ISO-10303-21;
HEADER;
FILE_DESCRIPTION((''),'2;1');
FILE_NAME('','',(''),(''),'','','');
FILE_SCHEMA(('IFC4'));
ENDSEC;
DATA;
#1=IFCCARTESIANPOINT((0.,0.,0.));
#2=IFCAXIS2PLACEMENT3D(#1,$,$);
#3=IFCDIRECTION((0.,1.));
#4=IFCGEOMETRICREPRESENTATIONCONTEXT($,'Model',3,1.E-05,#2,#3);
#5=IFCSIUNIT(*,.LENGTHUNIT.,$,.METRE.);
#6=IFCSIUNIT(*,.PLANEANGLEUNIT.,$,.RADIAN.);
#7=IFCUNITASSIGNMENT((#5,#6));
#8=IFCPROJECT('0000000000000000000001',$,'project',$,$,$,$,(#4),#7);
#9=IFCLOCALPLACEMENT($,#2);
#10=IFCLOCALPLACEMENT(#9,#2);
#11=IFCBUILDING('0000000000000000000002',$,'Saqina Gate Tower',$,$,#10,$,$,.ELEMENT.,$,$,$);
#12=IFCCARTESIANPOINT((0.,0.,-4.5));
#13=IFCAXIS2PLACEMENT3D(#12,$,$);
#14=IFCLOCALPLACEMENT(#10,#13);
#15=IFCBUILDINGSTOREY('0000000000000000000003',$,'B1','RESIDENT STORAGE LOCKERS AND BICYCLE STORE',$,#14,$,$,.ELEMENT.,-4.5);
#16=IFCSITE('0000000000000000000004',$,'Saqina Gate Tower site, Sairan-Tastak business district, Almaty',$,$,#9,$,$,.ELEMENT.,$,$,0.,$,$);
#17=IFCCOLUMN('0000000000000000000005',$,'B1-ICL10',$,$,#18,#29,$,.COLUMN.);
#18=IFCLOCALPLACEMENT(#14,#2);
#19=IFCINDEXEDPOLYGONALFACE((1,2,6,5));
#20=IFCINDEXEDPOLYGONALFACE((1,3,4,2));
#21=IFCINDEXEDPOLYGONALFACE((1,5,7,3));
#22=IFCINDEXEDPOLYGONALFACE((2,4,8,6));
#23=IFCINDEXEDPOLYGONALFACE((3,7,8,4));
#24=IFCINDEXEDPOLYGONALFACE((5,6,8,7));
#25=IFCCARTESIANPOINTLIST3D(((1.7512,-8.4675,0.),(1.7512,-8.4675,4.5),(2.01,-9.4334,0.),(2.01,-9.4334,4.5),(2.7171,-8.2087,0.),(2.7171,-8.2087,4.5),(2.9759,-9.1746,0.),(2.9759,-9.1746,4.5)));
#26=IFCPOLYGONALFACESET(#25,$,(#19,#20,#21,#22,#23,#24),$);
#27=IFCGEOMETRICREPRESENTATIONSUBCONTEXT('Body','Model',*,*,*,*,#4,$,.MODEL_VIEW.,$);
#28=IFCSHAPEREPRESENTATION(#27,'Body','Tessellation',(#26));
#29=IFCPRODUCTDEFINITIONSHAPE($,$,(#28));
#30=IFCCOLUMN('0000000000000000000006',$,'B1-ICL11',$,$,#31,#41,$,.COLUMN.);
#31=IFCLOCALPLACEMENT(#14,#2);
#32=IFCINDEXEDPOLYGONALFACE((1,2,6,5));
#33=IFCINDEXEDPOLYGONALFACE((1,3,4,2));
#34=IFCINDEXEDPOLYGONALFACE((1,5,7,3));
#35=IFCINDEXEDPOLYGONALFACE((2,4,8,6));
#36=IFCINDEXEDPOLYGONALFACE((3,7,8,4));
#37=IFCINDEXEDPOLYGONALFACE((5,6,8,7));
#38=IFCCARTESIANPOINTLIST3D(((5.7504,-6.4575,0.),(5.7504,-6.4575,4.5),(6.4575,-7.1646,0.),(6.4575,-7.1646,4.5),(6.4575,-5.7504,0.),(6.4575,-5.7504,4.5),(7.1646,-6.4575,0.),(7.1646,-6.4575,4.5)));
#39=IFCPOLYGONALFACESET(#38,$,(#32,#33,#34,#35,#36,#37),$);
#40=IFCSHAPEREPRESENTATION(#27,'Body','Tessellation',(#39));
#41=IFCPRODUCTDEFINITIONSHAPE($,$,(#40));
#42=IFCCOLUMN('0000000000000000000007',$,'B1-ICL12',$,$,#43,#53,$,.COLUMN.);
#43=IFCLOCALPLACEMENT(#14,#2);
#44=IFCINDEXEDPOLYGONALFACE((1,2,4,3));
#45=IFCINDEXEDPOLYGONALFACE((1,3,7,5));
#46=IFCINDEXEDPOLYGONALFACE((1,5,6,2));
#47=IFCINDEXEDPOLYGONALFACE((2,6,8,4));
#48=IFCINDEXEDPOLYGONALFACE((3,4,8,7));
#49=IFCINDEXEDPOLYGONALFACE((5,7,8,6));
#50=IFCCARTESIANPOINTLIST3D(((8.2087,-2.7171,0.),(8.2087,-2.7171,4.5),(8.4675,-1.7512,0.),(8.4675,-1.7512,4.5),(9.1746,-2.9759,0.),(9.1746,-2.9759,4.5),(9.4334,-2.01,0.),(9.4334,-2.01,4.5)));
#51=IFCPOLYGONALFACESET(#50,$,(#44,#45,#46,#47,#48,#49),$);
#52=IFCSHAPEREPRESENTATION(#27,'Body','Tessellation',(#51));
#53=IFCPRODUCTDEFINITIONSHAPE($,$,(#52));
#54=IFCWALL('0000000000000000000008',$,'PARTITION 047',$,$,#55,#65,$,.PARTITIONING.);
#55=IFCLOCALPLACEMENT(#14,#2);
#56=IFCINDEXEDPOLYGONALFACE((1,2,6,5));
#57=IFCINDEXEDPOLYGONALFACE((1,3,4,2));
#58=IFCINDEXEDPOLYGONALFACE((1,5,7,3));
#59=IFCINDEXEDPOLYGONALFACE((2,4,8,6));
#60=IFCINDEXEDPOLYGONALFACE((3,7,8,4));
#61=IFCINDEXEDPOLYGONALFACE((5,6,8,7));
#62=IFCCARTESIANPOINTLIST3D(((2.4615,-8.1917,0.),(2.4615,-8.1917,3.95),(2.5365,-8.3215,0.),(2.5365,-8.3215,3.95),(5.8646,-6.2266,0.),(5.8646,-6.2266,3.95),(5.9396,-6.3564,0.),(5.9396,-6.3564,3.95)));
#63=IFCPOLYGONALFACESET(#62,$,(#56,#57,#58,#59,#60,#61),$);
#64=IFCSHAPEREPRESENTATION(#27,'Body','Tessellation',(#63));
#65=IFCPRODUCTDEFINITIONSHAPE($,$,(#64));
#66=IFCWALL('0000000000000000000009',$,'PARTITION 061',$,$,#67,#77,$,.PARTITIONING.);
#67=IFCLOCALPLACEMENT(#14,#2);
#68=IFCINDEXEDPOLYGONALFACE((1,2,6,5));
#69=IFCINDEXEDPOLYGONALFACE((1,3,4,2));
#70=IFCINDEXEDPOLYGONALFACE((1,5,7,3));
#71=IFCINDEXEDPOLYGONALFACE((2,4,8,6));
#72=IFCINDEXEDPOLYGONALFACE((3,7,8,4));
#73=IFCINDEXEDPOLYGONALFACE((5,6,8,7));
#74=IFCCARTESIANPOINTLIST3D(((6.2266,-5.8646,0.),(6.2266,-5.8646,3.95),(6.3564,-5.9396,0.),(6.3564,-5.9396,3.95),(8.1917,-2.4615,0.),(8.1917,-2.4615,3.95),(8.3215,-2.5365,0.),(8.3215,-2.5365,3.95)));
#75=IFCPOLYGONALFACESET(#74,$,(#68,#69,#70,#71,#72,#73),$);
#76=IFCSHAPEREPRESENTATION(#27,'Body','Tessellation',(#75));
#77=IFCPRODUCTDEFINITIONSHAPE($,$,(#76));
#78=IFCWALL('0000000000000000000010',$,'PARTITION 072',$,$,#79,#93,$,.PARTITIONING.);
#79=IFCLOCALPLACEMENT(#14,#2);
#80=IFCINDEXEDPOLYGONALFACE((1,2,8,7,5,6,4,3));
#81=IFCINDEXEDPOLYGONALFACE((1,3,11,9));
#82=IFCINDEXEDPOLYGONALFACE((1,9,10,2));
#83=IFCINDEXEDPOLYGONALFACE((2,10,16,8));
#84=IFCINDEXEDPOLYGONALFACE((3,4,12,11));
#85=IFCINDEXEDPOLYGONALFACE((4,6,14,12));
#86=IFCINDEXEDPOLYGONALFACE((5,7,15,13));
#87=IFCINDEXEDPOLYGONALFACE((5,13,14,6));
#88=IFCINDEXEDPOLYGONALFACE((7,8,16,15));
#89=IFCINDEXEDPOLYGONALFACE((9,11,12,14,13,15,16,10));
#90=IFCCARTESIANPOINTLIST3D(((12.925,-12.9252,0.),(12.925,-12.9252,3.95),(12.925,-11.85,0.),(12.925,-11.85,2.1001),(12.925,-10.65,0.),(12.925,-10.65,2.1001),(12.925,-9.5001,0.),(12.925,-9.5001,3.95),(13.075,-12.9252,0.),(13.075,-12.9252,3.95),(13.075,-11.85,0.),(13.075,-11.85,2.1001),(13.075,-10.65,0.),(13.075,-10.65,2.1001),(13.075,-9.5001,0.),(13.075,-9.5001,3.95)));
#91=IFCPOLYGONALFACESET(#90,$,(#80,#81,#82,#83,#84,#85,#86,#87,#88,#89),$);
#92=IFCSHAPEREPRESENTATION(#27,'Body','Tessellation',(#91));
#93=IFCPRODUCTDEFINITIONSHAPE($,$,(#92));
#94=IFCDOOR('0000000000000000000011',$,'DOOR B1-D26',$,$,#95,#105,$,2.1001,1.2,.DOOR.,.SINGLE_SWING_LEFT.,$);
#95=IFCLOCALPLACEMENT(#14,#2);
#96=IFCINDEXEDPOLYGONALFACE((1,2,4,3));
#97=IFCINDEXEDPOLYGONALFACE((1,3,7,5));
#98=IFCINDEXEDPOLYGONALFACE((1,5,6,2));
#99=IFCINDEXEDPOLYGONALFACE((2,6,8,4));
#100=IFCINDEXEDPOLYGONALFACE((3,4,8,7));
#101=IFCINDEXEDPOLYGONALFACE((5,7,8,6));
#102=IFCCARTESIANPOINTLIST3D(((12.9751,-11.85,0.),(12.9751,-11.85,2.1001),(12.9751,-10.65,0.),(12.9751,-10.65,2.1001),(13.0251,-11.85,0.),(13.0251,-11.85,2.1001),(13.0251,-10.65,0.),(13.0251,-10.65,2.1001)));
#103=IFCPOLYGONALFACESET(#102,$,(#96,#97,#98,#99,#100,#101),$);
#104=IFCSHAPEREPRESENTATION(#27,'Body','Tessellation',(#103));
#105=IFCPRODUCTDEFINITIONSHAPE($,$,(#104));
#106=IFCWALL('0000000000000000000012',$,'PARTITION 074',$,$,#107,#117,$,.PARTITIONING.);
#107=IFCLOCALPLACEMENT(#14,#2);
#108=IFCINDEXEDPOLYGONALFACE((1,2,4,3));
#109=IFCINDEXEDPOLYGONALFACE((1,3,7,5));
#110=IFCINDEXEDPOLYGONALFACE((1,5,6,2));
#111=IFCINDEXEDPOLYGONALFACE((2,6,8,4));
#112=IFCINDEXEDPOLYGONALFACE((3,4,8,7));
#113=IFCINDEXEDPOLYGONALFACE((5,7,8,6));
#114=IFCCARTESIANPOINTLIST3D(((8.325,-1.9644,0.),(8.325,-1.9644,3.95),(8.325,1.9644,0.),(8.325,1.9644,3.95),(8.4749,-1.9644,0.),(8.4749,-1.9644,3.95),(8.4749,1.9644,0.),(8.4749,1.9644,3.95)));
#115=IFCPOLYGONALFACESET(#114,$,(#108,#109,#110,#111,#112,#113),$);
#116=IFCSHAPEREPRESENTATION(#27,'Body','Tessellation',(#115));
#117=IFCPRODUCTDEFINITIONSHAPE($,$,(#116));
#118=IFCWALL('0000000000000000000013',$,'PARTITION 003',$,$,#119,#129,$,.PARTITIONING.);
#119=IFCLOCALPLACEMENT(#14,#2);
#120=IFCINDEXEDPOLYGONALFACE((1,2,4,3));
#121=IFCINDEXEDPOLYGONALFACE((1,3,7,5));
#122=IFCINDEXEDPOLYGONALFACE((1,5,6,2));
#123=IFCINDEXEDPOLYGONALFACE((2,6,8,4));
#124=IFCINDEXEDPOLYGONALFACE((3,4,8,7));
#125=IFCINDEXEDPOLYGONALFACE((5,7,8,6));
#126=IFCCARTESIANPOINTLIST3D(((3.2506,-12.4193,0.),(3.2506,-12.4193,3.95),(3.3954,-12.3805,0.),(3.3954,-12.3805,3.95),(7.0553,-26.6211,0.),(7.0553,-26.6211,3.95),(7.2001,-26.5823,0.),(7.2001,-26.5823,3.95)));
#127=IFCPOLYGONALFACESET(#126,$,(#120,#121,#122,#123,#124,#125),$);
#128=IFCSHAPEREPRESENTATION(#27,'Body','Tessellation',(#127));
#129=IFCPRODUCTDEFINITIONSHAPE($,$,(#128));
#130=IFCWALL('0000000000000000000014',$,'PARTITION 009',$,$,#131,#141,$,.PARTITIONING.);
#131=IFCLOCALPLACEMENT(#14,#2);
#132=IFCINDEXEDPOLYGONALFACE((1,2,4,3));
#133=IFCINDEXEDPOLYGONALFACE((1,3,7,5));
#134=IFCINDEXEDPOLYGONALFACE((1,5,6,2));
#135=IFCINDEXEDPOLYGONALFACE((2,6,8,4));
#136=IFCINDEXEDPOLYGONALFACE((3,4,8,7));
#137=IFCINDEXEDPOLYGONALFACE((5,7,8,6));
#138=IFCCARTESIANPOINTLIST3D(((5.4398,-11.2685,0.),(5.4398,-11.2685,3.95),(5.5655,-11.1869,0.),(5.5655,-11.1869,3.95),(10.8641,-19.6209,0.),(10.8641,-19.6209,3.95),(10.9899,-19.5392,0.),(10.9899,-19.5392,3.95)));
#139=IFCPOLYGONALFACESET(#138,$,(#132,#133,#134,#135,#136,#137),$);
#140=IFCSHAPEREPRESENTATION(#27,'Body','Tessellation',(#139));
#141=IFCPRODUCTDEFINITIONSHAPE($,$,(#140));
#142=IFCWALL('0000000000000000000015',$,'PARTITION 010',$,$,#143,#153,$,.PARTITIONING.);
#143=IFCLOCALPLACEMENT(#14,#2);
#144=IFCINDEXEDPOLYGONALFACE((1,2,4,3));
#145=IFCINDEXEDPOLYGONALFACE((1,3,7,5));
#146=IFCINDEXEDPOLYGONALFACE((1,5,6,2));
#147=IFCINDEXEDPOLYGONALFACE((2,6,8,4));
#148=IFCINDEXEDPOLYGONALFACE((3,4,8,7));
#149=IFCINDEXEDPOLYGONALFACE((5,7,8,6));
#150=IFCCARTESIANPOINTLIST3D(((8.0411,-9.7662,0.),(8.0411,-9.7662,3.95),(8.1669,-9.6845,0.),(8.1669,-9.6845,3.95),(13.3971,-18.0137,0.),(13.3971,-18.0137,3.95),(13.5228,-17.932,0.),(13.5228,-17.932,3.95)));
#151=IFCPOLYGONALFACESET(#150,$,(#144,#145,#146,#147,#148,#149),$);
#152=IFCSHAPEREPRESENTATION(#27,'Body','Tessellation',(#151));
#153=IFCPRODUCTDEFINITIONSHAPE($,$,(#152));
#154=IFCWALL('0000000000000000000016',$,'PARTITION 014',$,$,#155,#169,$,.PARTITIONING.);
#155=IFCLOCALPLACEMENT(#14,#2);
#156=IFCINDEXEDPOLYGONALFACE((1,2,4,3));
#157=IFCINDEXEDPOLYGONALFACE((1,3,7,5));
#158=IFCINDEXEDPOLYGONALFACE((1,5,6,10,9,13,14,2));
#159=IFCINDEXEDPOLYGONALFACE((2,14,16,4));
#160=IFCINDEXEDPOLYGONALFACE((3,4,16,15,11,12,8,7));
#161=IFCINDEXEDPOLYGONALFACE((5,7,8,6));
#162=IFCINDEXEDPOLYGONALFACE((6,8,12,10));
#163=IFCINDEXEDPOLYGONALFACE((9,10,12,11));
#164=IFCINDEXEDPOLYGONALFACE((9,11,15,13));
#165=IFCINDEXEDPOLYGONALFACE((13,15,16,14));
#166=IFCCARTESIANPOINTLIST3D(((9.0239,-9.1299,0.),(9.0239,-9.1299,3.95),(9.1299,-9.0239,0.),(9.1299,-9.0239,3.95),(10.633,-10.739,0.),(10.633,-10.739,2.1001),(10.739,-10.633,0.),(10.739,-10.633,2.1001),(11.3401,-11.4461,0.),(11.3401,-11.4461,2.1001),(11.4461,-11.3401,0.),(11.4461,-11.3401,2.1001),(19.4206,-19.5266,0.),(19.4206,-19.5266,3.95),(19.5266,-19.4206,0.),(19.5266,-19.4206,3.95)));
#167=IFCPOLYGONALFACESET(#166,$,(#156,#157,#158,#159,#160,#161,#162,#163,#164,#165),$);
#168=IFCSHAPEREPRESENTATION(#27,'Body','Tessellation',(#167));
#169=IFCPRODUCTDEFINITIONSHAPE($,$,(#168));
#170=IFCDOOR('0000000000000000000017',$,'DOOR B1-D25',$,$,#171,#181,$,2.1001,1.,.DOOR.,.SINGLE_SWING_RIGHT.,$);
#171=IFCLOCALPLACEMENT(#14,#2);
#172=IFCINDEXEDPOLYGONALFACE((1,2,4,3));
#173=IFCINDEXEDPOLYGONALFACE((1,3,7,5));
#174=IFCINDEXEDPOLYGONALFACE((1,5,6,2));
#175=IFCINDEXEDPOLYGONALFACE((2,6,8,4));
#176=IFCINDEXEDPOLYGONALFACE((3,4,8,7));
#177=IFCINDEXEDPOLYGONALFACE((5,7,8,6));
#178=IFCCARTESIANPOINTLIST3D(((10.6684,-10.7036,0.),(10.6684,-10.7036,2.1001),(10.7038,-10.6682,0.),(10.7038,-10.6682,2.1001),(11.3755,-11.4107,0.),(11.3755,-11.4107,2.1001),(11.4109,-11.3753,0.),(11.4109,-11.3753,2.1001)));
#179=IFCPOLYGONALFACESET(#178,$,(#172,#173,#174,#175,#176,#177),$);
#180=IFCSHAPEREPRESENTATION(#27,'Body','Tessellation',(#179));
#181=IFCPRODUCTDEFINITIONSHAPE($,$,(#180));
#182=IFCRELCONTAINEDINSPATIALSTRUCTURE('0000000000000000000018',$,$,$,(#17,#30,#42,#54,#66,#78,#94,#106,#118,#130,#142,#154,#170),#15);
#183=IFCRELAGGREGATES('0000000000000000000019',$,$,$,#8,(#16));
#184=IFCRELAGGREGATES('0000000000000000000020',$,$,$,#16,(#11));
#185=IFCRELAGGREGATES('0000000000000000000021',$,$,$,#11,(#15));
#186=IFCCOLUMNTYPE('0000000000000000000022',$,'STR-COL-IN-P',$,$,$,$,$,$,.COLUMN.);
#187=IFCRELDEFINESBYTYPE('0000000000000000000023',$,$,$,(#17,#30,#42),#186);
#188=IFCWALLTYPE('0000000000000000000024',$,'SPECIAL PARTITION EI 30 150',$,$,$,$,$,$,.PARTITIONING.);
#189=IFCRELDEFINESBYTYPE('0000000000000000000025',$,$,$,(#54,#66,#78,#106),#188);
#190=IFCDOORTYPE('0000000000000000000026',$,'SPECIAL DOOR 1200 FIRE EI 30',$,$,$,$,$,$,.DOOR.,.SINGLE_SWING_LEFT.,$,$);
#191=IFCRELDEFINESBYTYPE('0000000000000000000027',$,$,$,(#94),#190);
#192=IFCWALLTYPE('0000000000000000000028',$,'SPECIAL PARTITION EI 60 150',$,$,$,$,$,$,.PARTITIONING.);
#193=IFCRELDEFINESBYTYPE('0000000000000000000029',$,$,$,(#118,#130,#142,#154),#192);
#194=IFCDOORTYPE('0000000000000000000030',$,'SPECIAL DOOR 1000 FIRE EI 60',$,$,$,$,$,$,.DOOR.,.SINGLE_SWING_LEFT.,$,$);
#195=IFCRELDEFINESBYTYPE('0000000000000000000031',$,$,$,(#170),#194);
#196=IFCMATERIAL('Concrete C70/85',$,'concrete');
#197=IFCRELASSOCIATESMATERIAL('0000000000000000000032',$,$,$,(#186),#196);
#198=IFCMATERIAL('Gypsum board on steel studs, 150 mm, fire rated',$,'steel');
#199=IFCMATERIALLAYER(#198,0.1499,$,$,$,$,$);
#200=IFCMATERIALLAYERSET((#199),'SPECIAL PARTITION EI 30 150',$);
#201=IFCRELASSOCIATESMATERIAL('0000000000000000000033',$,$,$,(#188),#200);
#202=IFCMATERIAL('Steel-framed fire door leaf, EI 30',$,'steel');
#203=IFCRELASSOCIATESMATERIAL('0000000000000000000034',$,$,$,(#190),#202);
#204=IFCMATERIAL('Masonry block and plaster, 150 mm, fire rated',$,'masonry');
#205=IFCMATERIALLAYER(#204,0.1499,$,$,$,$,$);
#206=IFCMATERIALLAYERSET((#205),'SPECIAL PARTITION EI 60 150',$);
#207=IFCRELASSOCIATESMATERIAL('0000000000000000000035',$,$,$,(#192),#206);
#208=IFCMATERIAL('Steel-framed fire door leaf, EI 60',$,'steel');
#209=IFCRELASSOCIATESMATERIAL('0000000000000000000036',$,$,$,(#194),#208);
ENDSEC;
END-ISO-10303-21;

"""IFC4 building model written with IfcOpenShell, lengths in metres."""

from ifc_helpers import new_model, si_unit, direction, frame, frame_2d, origin, origin_2d, place, context, subcontext, project, spatial, rectangle, extrude, material, layer, layer_set, material_profile, profile_set, type_object, element, fill, save


model = new_model("IFC4")

# Units and contexts
model_context = context("Model", 3, precision=1e-05, world=origin(), true_north=direction((0.0, 1.0)))
body_context = subcontext(model_context, "Body", "Model", "MODEL_VIEW")
ifc_project = project(units=[si_unit("LENGTHUNIT", "METRE"), si_unit("PLANEANGLEUNIT", "RADIAN")], contexts=[model_context])

# Site, building, storey
site_placement = place(None, origin())
site = spatial("IfcSite", under=ifc_project, at=site_placement, Name="Saqina Gate Tower site, Sairan-Tastak business district, Almaty", CompositionType="ELEMENT", RefElevation=0.0)
building_placement = place(site_placement, origin())
building = spatial("IfcBuilding", under=site, at=building_placement, Name="Saqina Gate Tower", CompositionType="ELEMENT")
storey_placement = place(building_placement, frame((0.0, 0.0, -4.5)))
storey = spatial("IfcBuildingStorey", under=building, at=storey_placement, Name="B1", Description="RESIDENT STORAGE LOCKERS AND BICYCLE STORE", CompositionType="ELEMENT", Elevation=-4.5)

# Columns
ifc_material_1 = material(Name="Concrete C70/85", Category="concrete")
ifc_material_profile = material_profile(ifc_material_1, rectangle(XDim=1.0, YDim=1.0, at=origin_2d()), Name="RC 1000x1000")
ifc_profile_set = profile_set([ifc_material_profile], Name="Concrete C70/85")
column_type = type_object("IfcColumnType", Name="STR-COL-IN-P", PredefinedType="COLUMN", material=ifc_profile_set)
for number, where, z_axis, x_axis, name in (
    (1, (2.3635, -8.821, 0.0), (0.0, 0.0, 1.0), (0.258819, -0.965926, 0.0), "B1-ICL10"),
    (2, (6.4575, -6.4575, 0.0), (0.0, 0.0, 1.0), (0.707107, -0.707107, 0.0), "B1-ICL11"),
    (3, (8.821, -2.3635, 0.0), (0.0, 0.0, 1.0), (0.965926, -0.258819, 0.0), "B1-ICL12"),
):
    element("IfcColumn", number, at=place(storey_placement, frame(where, z_axis=z_axis, x_axis=x_axis)), inside=storey, type_object=column_type, Name=name, PredefinedType="COLUMN", context=body_context, shape_type="SweptSolid", body=[
        extrude(rectangle(XDim=1.0, YDim=1.0, at=origin_2d()), origin(), (0.0, 0.0, 1.0), 4.5),
    ])

# Walls
ifc_material_2 = material(Name="Gypsum board on steel studs, 150 mm, fire rated", Category="steel")
ifc_layer_1 = layer(ifc_material_2, 0.1499)
ifc_layer_set_1 = layer_set([ifc_layer_1], Name="SPECIAL PARTITION EI 30 150")
wall_type_1 = type_object("IfcWallType", Name="SPECIAL PARTITION EI 30 150", PredefinedType="PARTITIONING", material=ifc_layer_set_1)
for number, where, z_axis, x_axis, name in (
    (4, (2.499, -8.2566, 0.0), (0.0, 0.0, 1.0), (0.86599, 0.500061, 0.0), "PARTITION 047"),
    (5, (6.2915, -5.9021, 0.0), (0.0, 0.0, 1.0), (0.500061, 0.86599, 0.0), "PARTITION 061"),
):
    element("IfcWall", number, at=place(storey_placement, frame(where, z_axis=z_axis, x_axis=x_axis)), inside=storey, type_object=wall_type_1, Name=name, PredefinedType="PARTITIONING", context=body_context, shape_type="SweptSolid", body=[
        extrude(rectangle(XDim=3.9297, YDim=0.1499, at=frame_2d((1.9648, 0.0))), origin(), (0.0, 0.0, 1.0), 3.95),
    ])

# Wall, opening, door
wall_1_placement = place(storey_placement, frame((13.0, -12.925, 0.0), z_axis=(0.0, 0.0, 1.0), x_axis=(0.0, 1.0, 0.0)))
wall_1 = element("IfcWall", 6, at=wall_1_placement, inside=storey, type_object=wall_type_1, Name="PARTITION 072", PredefinedType="PARTITIONING", context=body_context, shape_type="SweptSolid", body=[
    extrude(rectangle(XDim=3.425, YDim=0.1499, at=frame_2d((1.7124, 0.0))), origin(), (0.0, 0.0, 1.0), 3.95),
])
opening_1_placement = place(wall_1_placement, frame((1.075, 0.0, 0.0)))
opening_1 = element("IfcOpeningElement", 7, at=opening_1_placement, cuts=wall_1, PredefinedType="OPENING", context=body_context, shape_type="SweptSolid", body=[
    extrude(rectangle(XDim=1.2, YDim=2.1001, at=frame_2d((0.6001, 1.05))), frame((0.0, 0.0869, 0.0), z_axis=(0.0, -1.0, 0.0), x_axis=(1.0, 0.0, 0.0)), (0.0, 0.0, 1.0), 0.1738),
])
ifc_material_3 = material(Name="Steel-framed fire door leaf, EI 30", Category="steel")
door_type_1 = type_object("IfcDoorType", Name="SPECIAL DOOR 1200 FIRE EI 30", OperationType="SINGLE_SWING_LEFT", PredefinedType="DOOR", material=ifc_material_3)
door_1_placement = place(opening_1_placement, origin())
door_1 = element("IfcDoor", 8, at=door_1_placement, inside=storey, type_object=door_type_1, Name="DOOR B1-D26", OperationType="SINGLE_SWING_LEFT", OverallHeight=2.1001, OverallWidth=1.2, PredefinedType="DOOR", context=body_context, shape_type="SweptSolid", body=[
    extrude(rectangle(XDim=1.2, YDim=2.1001, at=frame_2d((0.6001, 1.05))), frame((0.0, 0.0249, 0.0), z_axis=(0.0, -1.0, 0.0), x_axis=(1.0, 0.0, 0.0)), (0.0, 0.0, 1.0), 0.05),
])
fill(opening_1, door_1)

# Walls
wall_2_placement = place(storey_placement, frame((8.3999, -1.9644, 0.0), z_axis=(0.0, 0.0, 1.0), x_axis=(0.0, 1.0, 0.0)))
element("IfcWall", 9, at=wall_2_placement, inside=storey, type_object=wall_type_1, Name="PARTITION 074", PredefinedType="PARTITIONING", context=body_context, shape_type="SweptSolid", body=[
    extrude(rectangle(XDim=3.9287, YDim=0.1499, at=frame_2d((1.9644, 0.0))), origin(), (0.0, 0.0, 1.0), 3.95),
])
ifc_material_4 = material(Name="Masonry block and plaster, 150 mm, fire rated", Category="masonry")
ifc_layer_2 = layer(ifc_material_4, 0.1499)
ifc_layer_set_2 = layer_set([ifc_layer_2], Name="SPECIAL PARTITION EI 60 150")
wall_type_2 = type_object("IfcWallType", Name="SPECIAL PARTITION EI 60 150", PredefinedType="PARTITIONING", material=ifc_layer_set_2)
wall_3_placement = place(storey_placement, frame((3.323, -12.3999, 0.0), z_axis=(0.0, 0.0, 1.0), x_axis=(0.258775, -0.965938, 0.0)))
element("IfcWall", 10, at=wall_3_placement, inside=storey, type_object=wall_type_2, Name="PARTITION 003", PredefinedType="PARTITIONING", context=body_context, shape_type="SweptSolid", body=[
    extrude(rectangle(XDim=14.7026, YDim=0.1499, at=frame_2d((7.3513, 0.0))), origin(), (0.0, 0.0, 1.0), 3.95),
])
wall_4_placement = place(storey_placement, frame((5.5027, -11.2278, 0.0), z_axis=(0.0, 0.0, 1.0), x_axis=(0.544658, -0.838658, 0.0)))
element("IfcWall", 11, at=wall_4_placement, inside=storey, type_object=wall_type_2, Name="PARTITION 009", PredefinedType="PARTITIONING", context=body_context, shape_type="SweptSolid", body=[
    extrude(rectangle(XDim=9.9592, YDim=0.1499, at=frame_2d((4.9795, 0.0))), origin(), (0.0, 0.0, 1.0), 3.95),
])
wall_5_placement = place(storey_placement, frame((8.104, -9.7253, 0.0), z_axis=(0.0, 0.0, 1.0), x_axis=(0.544634, -0.838674, 0.0)))
element("IfcWall", 12, at=wall_5_placement, inside=storey, type_object=wall_type_2, Name="PARTITION 010", PredefinedType="PARTITIONING", context=body_context, shape_type="SweptSolid", body=[
    extrude(rectangle(XDim=9.834, YDim=0.1499, at=frame_2d((4.917, 0.0))), origin(), (0.0, 0.0, 1.0), 3.95),
])

# Wall, opening, door
wall_6_placement = place(storey_placement, frame((9.0769, -9.0769, 0.0), z_axis=(0.0, 0.0, 1.0), x_axis=(0.707107, -0.707107, 0.0)))
wall_6 = element("IfcWall", 13, at=wall_6_placement, inside=storey, type_object=wall_type_2, Name="PARTITION 014", PredefinedType="PARTITIONING", context=body_context, shape_type="SweptSolid", body=[
    extrude(rectangle(XDim=14.7031, YDim=0.1499, at=frame_2d((7.3516, 0.0))), origin(), (0.0, 0.0, 1.0), 3.95),
])
opening_2_placement = place(wall_6_placement, frame((2.2756, 0.0, 0.0)))
opening_2 = element("IfcOpeningElement", 14, at=opening_2_placement, cuts=wall_6, PredefinedType="OPENING", context=body_context, shape_type="SweptSolid", body=[
    extrude(rectangle(XDim=1.0, YDim=2.1001, at=frame_2d((0.5, 1.05))), frame((0.0, 0.0869, 0.0), z_axis=(0.0, -1.0, 0.0), x_axis=(1.0, 0.0, 0.0)), (0.0, 0.0, 1.0), 0.1738),
])
ifc_material_5 = material(Name="Steel-framed fire door leaf, EI 60", Category="steel")
door_type_2 = type_object("IfcDoorType", Name="SPECIAL DOOR 1000 FIRE EI 60", OperationType="SINGLE_SWING_LEFT", PredefinedType="DOOR", material=ifc_material_5)
door_2_placement = place(opening_2_placement, frame((1.0, 0.0, 0.0), z_axis=(0.0, 0.0, 1.0), x_axis=(-1.0, 0.0, 0.0)))
door_2 = element("IfcDoor", 15, at=door_2_placement, inside=storey, type_object=door_type_2, Name="DOOR B1-D25", OperationType="SINGLE_SWING_RIGHT", OverallHeight=2.1001, OverallWidth=1.0, PredefinedType="DOOR", context=body_context, shape_type="SweptSolid", body=[
    extrude(rectangle(XDim=1.0, YDim=2.1001, at=frame_2d((0.5, 1.05))), frame((0.0, 0.0249, 0.0), z_axis=(0.0, -1.0, 0.0), x_axis=(1.0, 0.0, 0.0)), (0.0, 0.0, 1.0), 0.05),
])
fill(opening_2, door_2)

save(model, "model.ifc")
